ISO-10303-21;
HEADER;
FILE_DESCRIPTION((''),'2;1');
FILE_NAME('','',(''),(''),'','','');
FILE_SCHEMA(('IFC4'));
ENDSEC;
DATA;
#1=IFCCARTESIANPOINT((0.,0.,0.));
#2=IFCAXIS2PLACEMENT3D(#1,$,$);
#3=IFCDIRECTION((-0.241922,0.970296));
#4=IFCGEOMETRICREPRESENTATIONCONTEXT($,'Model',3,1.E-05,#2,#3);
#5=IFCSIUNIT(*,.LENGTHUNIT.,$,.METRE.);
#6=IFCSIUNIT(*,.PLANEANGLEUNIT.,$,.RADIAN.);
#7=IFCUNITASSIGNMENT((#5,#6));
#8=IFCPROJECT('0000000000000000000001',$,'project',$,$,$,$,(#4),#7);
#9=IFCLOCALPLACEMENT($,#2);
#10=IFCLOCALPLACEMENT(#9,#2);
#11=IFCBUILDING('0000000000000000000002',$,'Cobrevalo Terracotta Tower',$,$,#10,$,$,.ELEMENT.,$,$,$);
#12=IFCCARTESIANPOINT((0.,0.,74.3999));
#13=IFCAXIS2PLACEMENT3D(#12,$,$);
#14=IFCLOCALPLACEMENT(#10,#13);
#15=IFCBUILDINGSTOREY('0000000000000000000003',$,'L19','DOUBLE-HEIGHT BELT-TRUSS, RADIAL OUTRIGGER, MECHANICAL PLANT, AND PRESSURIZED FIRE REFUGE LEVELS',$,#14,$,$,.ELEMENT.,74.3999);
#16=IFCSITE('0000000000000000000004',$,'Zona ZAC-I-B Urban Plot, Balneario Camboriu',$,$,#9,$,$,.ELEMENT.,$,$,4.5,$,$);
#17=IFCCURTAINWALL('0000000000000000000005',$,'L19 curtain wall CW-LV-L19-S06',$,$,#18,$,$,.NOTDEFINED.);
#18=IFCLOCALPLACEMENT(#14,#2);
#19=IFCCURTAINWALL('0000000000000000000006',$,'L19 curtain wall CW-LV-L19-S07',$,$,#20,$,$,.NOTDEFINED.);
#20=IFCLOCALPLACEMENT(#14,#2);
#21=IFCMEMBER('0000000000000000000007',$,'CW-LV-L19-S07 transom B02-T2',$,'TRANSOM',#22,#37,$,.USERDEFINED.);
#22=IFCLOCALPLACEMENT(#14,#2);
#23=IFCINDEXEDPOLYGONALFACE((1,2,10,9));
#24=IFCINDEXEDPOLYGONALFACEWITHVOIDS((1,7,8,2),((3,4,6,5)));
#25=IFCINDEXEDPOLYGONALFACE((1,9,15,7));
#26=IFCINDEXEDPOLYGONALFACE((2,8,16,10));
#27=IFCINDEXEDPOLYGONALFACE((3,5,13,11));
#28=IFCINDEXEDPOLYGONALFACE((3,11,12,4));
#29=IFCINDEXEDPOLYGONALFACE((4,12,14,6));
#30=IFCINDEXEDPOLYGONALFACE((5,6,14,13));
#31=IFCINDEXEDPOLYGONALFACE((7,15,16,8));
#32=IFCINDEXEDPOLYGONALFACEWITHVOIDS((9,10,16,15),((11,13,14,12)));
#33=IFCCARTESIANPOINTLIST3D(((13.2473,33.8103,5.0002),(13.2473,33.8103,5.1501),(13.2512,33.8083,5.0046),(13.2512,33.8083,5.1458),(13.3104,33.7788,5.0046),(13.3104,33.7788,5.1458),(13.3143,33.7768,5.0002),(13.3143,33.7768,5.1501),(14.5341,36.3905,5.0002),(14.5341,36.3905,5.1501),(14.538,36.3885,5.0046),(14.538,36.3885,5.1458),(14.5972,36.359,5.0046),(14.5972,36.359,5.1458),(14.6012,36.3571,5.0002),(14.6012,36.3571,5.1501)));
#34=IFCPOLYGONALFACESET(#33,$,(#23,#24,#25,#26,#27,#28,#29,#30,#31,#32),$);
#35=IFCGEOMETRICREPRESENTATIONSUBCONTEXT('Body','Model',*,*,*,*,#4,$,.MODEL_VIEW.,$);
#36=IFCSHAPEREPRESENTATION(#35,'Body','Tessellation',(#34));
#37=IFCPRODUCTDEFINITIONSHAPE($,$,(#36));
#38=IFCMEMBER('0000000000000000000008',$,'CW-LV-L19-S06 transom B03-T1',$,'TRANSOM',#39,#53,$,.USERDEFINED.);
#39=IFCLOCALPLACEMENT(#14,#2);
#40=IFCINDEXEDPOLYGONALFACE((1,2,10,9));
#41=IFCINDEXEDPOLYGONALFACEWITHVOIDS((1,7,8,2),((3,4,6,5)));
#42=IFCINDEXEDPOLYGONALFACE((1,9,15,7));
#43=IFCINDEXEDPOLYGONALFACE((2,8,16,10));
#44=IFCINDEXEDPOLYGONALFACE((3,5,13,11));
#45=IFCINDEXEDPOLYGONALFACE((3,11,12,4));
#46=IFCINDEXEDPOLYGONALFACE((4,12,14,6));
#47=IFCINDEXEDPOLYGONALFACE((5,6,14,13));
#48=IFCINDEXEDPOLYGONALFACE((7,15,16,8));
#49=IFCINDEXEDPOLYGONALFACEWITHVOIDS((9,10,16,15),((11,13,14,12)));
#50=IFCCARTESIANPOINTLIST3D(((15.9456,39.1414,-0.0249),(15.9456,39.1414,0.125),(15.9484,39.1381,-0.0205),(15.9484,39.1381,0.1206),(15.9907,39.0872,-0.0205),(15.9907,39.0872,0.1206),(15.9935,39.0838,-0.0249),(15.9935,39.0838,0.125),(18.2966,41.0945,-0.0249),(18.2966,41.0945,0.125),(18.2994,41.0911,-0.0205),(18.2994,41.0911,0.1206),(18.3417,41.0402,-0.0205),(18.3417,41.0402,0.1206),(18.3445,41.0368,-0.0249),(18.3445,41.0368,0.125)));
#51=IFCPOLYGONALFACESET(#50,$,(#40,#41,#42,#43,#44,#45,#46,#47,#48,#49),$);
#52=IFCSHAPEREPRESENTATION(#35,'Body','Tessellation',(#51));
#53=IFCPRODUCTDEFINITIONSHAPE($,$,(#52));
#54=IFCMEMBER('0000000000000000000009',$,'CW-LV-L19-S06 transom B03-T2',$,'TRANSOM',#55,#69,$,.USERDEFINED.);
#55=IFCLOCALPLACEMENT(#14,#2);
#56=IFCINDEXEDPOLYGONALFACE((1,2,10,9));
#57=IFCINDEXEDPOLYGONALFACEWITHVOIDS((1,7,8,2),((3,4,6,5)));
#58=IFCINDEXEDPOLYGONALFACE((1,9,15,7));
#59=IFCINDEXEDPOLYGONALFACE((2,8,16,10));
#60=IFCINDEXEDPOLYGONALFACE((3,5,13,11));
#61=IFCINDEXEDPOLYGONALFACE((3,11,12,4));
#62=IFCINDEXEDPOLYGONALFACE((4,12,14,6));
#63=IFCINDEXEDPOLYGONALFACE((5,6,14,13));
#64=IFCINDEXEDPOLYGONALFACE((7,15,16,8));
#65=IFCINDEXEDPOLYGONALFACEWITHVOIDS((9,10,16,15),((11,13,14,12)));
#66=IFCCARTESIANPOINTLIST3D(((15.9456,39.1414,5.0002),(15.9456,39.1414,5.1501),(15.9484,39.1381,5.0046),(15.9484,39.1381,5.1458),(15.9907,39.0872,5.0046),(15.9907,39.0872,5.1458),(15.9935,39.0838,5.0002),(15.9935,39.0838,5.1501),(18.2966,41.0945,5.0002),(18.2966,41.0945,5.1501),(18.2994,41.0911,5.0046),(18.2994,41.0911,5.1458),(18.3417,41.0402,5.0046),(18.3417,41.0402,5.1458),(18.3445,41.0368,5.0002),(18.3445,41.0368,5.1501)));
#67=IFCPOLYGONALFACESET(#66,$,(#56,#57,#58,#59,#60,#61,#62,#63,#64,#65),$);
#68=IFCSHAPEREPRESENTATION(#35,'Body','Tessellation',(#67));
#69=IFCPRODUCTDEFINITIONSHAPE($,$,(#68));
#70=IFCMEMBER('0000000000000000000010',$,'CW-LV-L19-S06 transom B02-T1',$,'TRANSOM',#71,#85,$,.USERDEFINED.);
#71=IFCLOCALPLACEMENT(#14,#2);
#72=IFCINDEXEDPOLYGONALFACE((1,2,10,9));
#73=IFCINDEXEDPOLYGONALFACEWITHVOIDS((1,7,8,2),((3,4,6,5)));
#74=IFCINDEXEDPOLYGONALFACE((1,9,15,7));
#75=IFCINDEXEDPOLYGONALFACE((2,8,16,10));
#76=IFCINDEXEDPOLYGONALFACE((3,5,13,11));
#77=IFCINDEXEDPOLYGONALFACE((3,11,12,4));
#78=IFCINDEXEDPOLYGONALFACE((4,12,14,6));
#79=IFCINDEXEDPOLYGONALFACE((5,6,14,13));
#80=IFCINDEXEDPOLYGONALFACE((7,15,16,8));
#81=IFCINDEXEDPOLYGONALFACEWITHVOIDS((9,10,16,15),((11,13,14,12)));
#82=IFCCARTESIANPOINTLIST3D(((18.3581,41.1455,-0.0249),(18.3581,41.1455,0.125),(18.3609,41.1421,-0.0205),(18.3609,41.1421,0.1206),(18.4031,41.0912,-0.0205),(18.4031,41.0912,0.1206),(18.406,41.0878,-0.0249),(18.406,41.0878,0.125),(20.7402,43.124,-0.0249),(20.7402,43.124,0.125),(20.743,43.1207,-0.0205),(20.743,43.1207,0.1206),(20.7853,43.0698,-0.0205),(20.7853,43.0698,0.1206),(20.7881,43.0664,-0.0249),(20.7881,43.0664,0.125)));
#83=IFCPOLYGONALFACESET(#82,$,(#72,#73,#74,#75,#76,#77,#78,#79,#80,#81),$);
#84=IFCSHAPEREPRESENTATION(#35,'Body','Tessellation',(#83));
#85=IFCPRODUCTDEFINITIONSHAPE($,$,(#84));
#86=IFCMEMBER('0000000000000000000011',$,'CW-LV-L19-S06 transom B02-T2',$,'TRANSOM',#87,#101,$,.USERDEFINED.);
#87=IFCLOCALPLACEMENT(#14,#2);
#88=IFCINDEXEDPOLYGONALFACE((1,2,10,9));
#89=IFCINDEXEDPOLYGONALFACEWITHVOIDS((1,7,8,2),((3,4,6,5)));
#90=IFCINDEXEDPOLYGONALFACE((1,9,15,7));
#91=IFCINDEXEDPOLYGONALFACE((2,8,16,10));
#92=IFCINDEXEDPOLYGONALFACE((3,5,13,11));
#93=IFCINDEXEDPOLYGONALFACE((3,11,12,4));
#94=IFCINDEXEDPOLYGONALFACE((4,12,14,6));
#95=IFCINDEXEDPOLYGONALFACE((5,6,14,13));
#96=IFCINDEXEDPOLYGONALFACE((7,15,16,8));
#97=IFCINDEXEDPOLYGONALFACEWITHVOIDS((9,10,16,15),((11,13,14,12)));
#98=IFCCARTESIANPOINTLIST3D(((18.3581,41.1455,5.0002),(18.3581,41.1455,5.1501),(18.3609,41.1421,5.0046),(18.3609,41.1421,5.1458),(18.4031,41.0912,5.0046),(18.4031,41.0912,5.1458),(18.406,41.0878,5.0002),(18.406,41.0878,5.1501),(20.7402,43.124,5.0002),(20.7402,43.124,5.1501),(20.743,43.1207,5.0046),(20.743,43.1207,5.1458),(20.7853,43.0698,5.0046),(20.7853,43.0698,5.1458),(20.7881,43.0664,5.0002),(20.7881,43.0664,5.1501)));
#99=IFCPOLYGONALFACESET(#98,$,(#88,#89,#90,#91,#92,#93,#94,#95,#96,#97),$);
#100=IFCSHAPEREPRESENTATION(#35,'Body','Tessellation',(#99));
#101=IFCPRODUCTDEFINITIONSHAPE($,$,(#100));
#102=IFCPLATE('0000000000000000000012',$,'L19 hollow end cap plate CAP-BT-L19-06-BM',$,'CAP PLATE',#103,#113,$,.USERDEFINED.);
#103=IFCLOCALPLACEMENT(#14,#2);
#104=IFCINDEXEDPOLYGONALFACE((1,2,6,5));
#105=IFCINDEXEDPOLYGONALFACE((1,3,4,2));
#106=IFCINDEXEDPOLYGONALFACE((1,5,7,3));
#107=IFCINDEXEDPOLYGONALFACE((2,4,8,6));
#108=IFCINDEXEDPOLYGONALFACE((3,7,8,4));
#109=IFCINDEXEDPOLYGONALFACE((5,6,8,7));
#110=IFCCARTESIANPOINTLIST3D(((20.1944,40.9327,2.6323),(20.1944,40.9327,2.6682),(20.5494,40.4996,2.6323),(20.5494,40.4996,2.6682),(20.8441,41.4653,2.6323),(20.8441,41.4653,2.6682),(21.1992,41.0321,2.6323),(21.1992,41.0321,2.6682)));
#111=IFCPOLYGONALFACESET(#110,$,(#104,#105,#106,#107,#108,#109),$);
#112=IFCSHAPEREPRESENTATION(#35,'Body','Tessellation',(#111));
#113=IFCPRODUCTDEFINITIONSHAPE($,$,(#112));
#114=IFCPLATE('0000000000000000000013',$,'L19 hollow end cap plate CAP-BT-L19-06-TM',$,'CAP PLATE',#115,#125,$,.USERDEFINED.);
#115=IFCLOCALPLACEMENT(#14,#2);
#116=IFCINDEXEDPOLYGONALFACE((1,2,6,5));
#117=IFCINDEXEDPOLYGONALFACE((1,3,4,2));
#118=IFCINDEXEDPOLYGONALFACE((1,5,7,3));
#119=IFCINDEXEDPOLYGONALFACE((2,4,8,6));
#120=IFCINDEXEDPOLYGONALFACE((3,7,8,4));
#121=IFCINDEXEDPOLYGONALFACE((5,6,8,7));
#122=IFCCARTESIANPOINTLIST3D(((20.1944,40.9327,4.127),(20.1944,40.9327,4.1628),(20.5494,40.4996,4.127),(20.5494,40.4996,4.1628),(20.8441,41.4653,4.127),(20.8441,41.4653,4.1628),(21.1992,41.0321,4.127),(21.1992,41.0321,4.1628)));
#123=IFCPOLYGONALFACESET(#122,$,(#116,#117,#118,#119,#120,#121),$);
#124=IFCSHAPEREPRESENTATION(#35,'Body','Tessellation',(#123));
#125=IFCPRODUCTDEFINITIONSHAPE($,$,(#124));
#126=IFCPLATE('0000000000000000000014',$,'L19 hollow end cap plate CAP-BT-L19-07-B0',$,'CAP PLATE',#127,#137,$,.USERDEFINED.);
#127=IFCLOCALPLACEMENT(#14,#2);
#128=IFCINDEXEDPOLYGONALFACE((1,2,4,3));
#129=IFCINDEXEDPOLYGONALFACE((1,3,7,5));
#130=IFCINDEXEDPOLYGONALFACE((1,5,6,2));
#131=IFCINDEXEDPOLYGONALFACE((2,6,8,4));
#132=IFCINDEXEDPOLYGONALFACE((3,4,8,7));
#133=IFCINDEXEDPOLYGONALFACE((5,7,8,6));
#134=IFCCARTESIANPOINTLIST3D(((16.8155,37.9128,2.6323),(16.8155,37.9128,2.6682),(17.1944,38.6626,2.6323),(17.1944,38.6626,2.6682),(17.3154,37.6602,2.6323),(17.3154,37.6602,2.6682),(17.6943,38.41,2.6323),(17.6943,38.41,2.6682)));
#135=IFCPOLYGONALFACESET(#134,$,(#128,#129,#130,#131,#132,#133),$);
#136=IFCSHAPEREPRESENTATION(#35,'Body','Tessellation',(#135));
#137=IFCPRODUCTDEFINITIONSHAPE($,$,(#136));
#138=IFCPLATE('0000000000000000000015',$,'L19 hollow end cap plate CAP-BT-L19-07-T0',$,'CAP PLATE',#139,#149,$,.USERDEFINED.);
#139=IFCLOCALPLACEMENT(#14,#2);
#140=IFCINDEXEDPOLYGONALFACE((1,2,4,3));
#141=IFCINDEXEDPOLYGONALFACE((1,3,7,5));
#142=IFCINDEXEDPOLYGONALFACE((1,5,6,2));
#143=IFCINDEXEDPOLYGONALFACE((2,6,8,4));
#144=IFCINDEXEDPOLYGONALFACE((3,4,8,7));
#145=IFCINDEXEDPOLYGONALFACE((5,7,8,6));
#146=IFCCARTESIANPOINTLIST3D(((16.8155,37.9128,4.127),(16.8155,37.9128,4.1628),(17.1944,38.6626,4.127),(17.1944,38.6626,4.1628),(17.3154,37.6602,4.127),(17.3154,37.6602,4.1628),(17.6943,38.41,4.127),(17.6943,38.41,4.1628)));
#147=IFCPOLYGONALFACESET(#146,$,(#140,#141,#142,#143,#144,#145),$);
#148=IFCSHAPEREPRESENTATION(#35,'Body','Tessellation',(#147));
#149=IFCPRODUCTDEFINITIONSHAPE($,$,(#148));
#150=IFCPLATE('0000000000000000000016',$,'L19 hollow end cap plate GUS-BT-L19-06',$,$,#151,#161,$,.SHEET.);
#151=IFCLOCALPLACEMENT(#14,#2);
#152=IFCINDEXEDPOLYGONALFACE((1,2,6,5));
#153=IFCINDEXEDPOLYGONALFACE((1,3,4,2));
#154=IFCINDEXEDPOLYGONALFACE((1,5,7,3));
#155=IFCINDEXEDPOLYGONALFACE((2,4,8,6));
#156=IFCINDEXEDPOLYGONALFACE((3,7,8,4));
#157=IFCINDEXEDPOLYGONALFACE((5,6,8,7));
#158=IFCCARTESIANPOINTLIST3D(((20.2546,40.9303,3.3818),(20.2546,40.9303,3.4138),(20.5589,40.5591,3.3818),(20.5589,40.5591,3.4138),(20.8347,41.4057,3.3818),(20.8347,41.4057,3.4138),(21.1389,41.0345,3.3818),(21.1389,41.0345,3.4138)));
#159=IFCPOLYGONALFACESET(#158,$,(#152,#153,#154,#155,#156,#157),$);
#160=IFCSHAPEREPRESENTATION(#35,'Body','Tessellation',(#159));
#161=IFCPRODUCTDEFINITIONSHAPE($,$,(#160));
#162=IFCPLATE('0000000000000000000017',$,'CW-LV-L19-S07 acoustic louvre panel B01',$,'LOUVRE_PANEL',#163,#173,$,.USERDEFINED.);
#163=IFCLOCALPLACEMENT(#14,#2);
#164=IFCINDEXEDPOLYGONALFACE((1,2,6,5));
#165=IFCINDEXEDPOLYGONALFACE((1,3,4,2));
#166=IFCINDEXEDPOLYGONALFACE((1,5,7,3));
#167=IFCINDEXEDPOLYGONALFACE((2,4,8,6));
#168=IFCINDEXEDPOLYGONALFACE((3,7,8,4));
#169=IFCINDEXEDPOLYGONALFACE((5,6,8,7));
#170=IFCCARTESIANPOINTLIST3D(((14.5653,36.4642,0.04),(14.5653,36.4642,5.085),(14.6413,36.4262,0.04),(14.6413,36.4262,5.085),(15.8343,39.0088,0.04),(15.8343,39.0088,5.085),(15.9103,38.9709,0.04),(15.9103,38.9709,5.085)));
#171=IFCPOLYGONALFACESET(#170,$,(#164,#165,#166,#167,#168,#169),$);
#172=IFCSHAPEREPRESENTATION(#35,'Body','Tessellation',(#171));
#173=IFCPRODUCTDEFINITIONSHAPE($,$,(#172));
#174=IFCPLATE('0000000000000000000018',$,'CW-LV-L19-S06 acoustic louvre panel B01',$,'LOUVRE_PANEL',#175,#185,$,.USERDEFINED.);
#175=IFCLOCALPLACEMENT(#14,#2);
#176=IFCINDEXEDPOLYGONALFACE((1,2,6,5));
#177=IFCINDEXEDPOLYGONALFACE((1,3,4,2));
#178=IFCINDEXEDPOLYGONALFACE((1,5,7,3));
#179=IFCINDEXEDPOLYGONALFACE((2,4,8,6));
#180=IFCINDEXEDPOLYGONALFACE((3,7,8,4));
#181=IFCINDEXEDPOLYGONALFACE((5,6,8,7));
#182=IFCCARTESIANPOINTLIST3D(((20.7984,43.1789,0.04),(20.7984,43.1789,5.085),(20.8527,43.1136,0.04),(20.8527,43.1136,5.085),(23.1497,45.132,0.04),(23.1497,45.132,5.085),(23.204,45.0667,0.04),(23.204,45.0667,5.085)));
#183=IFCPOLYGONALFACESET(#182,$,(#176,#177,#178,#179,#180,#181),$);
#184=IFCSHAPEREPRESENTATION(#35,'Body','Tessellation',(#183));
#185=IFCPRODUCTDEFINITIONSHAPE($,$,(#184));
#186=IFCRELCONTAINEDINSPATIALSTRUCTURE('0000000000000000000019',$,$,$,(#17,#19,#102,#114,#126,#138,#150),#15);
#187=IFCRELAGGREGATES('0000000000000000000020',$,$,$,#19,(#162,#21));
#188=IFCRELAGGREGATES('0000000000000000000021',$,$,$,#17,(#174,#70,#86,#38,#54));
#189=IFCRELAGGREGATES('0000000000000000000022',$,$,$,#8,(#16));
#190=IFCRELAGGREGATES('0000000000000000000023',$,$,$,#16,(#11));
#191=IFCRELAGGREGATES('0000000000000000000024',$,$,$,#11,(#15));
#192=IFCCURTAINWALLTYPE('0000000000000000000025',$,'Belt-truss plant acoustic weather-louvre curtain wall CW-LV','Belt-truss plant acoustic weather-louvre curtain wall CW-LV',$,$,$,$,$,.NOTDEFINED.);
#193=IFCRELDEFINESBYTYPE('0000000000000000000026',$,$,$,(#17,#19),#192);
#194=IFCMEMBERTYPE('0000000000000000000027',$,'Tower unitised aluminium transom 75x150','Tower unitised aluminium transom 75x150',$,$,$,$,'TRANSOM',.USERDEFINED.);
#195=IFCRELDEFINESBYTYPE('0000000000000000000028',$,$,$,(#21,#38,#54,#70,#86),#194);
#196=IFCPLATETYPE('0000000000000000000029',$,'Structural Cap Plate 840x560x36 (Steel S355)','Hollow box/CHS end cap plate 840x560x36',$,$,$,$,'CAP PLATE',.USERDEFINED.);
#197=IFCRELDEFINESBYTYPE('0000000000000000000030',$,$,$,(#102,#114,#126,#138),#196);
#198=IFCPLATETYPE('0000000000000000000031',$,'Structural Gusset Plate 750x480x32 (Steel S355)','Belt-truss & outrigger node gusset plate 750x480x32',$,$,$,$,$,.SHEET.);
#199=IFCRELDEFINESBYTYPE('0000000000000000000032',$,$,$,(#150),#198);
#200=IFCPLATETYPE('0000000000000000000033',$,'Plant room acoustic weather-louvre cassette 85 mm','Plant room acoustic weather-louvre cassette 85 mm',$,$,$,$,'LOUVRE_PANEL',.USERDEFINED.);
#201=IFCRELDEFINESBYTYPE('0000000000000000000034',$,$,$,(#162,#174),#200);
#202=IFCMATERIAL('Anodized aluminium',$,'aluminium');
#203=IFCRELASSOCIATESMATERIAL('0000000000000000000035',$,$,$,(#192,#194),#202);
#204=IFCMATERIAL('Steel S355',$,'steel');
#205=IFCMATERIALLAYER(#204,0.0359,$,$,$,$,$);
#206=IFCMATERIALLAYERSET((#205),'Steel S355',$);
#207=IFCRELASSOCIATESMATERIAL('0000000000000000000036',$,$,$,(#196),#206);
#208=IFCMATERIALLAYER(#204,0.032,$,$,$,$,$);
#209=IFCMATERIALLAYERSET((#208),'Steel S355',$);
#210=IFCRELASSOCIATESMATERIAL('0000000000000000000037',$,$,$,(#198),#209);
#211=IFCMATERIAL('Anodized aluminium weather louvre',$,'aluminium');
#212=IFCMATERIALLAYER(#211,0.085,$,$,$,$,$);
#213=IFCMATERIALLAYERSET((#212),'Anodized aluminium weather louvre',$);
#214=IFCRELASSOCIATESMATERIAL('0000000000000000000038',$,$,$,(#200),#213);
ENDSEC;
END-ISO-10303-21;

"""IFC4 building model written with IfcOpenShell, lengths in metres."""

from ifc_helpers import new_model, si_unit, direction, frame, origin, origin_2d, place, context, subcontext, project, spatial, rectangle, hollow_rectangle, extrude, source, transform, mapped, material, layer, layer_set, material_profile, profile_set, type_object, element, aggregate, save


model = new_model("IFC4")

# Units and contexts
model_context = context("Model", 3, precision=1e-05, world=origin(), true_north=direction((-0.241922, 0.970296)))
body_context = subcontext(model_context, "Body", "Model", "MODEL_VIEW")
ifc_project = project(units=[si_unit("LENGTHUNIT", "METRE"), si_unit("PLANEANGLEUNIT", "RADIAN")], contexts=[model_context])

# Site, building, storey
site_placement = place(None, origin())
site = spatial("IfcSite", under=ifc_project, at=site_placement, Name="Zona ZAC-I-B Urban Plot, Balneario Camboriu", CompositionType="ELEMENT", RefElevation=4.5)
building_placement = place(site_placement, origin())
building = spatial("IfcBuilding", under=site, at=building_placement, Name="Cobrevalo Terracotta Tower", CompositionType="ELEMENT")
storey_placement = place(building_placement, frame((0.0, 0.0, 74.3999)))
storey = spatial("IfcBuildingStorey", under=building, at=storey_placement, Name="L19", Description="DOUBLE-HEIGHT BELT-TRUSS, RADIAL OUTRIGGER, MECHANICAL PLANT, AND PRESSURIZED FIRE REFUGE LEVELS", CompositionType="ELEMENT", Elevation=74.3999)

# Shared definitions
ifc_material_1 = material(Name="Steel S355", Category="steel")

# Curtain walls, member
ifc_material_2 = material(Name="Anodized aluminium", Category="aluminium")
curtain_wall_type = type_object("IfcCurtainWallType", Name="Belt-truss plant acoustic weather-louvre curtain wall CW-LV", Description="Belt-truss plant acoustic weather-louvre curtain wall CW-LV", PredefinedType="NOTDEFINED", material=ifc_material_2)
curtain_wall_1_placement = place(storey_placement, origin())
curtain_wall_1 = element("IfcCurtainWall", 1, at=curtain_wall_1_placement, inside=storey, type_object=curtain_wall_type, Name="L19 curtain wall CW-LV-L19-S06", PredefinedType="NOTDEFINED")
curtain_wall_2_placement = place(storey_placement, origin())
curtain_wall_2 = element("IfcCurtainWall", 2, at=curtain_wall_2_placement, inside=storey, type_object=curtain_wall_type, Name="L19 curtain wall CW-LV-L19-S07", PredefinedType="NOTDEFINED")
ifc_material_profile_1 = material_profile(ifc_material_2, hollow_rectangle(XDim=0.075, YDim=0.1499, WallThickness=0.0044, at=origin_2d()), Name="CWT 75x150")
ifc_profile_set_1 = profile_set([ifc_material_profile_1], Name="Anodized aluminium")
member_type_1 = type_object("IfcMemberType", Name="Tower unitised aluminium transom 75x150", Description="Tower unitised aluminium transom 75x150", ElementType="TRANSOM", PredefinedType="USERDEFINED", material=ifc_profile_set_1)
shared_shape_1 = source(origin(), body_context, "Body", "SweptSolid", [
    extrude(hollow_rectangle(XDim=0.075, YDim=0.1499, WallThickness=0.0044, at=origin_2d()), origin(), (0.0, 0.0, 1.0), 2.8833),
])
member_1_placement = place(storey_placement, frame((14.5676, 36.3738, 5.0752), z_axis=(-0.446299, -0.894884, 0.0), x_axis=(0.894884, -0.446299, 0.0)))
member_1 = element("IfcMember", 3, at=member_1_placement, type_object=member_type_1, Name="CW-LV-L19-S07 transom B02-T2", ObjectType="TRANSOM", PredefinedType="USERDEFINED", context=body_context, shape_type="MappedRepresentation", body=[
    mapped(shared_shape_1, transform((0.0, 0.0, 0.0), scale=1.0)),
])

# Members
shared_shape_2 = source(origin(), body_context, "Body", "SweptSolid", [
    extrude(hollow_rectangle(XDim=0.075, YDim=0.1499, WallThickness=0.0044, at=origin_2d()), origin(), (0.0, 0.0, 1.0), 3.0564),
])
member_2_placement = place(storey_placement, frame((18.3206, 41.0657, 0.05), z_axis=(-0.769202, -0.639005, 0.0), x_axis=(0.639005, -0.769202, 0.0)))
member_2 = element("IfcMember", 4, at=member_2_placement, type_object=member_type_1, Name="CW-LV-L19-S06 transom B03-T1", ObjectType="TRANSOM", PredefinedType="USERDEFINED", context=body_context, shape_type="MappedRepresentation", body=[
    mapped(shared_shape_2, transform((0.0, 0.0, 0.0), scale=1.0)),
])
member_3_placement = place(storey_placement, frame((18.3206, 41.0657, 5.0752), z_axis=(-0.769202, -0.639005, 0.0), x_axis=(0.639005, -0.769202, 0.0)))
member_3 = element("IfcMember", 5, at=member_3_placement, type_object=member_type_1, Name="CW-LV-L19-S06 transom B03-T2", ObjectType="TRANSOM", PredefinedType="USERDEFINED", context=body_context, shape_type="MappedRepresentation", body=[
    mapped(shared_shape_2, transform((0.0, 0.0, 0.0), scale=1.0)),
])
shared_shape_3 = source(origin(), body_context, "Body", "SweptSolid", [
    extrude(hollow_rectangle(XDim=0.075, YDim=0.1499, WallThickness=0.0044, at=origin_2d()), origin(), (0.0, 0.0, 1.0), 3.0967),
])
member_4_placement = place(storey_placement, frame((20.7642, 43.0952, 0.05), z_axis=(-0.769261, -0.638935, 0.0), x_axis=(0.638935, -0.769261, 0.0)))
member_4 = element("IfcMember", 6, at=member_4_placement, type_object=member_type_1, Name="CW-LV-L19-S06 transom B02-T1", ObjectType="TRANSOM", PredefinedType="USERDEFINED", context=body_context, shape_type="MappedRepresentation", body=[
    mapped(shared_shape_3, transform((0.0, 0.0, 0.0), scale=1.0)),
])
member_5_placement = place(storey_placement, frame((20.7642, 43.0952, 5.0752), z_axis=(-0.769261, -0.638935, 0.0), x_axis=(0.638935, -0.769261, 0.0)))
member_5 = element("IfcMember", 7, at=member_5_placement, type_object=member_type_1, Name="CW-LV-L19-S06 transom B02-T2", ObjectType="TRANSOM", PredefinedType="USERDEFINED", context=body_context, shape_type="MappedRepresentation", body=[
    mapped(shared_shape_3, transform((0.0, 0.0, 0.0), scale=1.0)),
])

# Plates
ifc_layer_1 = layer(ifc_material_1, 0.0359)
ifc_layer_set_1 = layer_set([ifc_layer_1], Name="Steel S355")
plate_type_1 = type_object("IfcPlateType", Name="Structural Cap Plate 840x560x36 (Steel S355)", Description="Hollow box/CHS end cap plate 840x560x36", ElementType="CAP PLATE", PredefinedType="USERDEFINED", material=ifc_layer_set_1)
shared_shape_4 = source(origin(), body_context, "Body", "SweptSolid", [
    extrude(rectangle(XDim=0.8401, YDim=0.5601, at=origin_2d()), origin(), (0.0, 0.0, 1.0), 0.0359),
])
for number, where, z_axis, x_axis, name in (
    (8, (20.6968, 40.9824, 2.6323), (0.0, 0.0, 1.0), (-0.773404, -0.633913, 0.0), "L19 hollow end cap plate CAP-BT-L19-06-BM"),
    (9, (20.6968, 40.9824, 4.127), (0.0, 0.0, 1.0), (-0.773404, -0.633913, 0.0), "L19 hollow end cap plate CAP-BT-L19-06-TM"),
    (10, (17.2549, 38.1614, 2.6323), (0.0, 0.0, 1.0), (-0.451036, -0.892506, 0.0), "L19 hollow end cap plate CAP-BT-L19-07-B0"),
    (11, (17.2549, 38.1614, 4.127), (0.0, 0.0, 1.0), (-0.451036, -0.892506, 0.0), "L19 hollow end cap plate CAP-BT-L19-07-T0"),
):
    element("IfcPlate", number, at=place(storey_placement, frame(where, z_axis=z_axis, x_axis=x_axis)), inside=storey, type_object=plate_type_1, Name=name, ObjectType="CAP PLATE", PredefinedType="USERDEFINED", context=body_context, shape_type="MappedRepresentation", body=[
        mapped(shared_shape_4, transform((0.0, 0.0, 0.0), scale=1.0)),
    ])
ifc_layer_2 = layer(ifc_material_1, 0.032)
ifc_layer_set_2 = layer_set([ifc_layer_2], Name="Steel S355")
plate_type_2 = type_object("IfcPlateType", Name="Structural Gusset Plate 750x480x32 (Steel S355)", Description="Belt-truss & outrigger node gusset plate 750x480x32", PredefinedType="SHEET", material=ifc_layer_set_2)
shared_shape_5 = source(origin(), body_context, "Body", "SweptSolid", [
    extrude(rectangle(XDim=0.75, YDim=0.48, at=origin_2d()), origin(), (0.0, 0.0, 1.0), 0.032),
])
plate_1_placement = place(storey_placement, frame((20.6968, 40.9824, 3.3818), z_axis=(0.0, 0.0, 1.0), x_axis=(-0.773404, -0.633913, 0.0)))
element("IfcPlate", 12, at=plate_1_placement, inside=storey, type_object=plate_type_2, Name="L19 hollow end cap plate GUS-BT-L19-06", PredefinedType="SHEET", context=body_context, shape_type="MappedRepresentation", body=[
    mapped(shared_shape_5, transform((0.0, 0.0, 0.0), scale=1.0)),
])

# Plates
ifc_material_3 = material(Name="Anodized aluminium weather louvre", Category="aluminium")
ifc_layer_3 = layer(ifc_material_3, 0.085)
ifc_layer_set_3 = layer_set([ifc_layer_3], Name="Anodized aluminium weather louvre")
plate_type_3 = type_object("IfcPlateType", Name="Plant room acoustic weather-louvre cassette 85 mm", Description="Plant room acoustic weather-louvre cassette 85 mm", ElementType="LOUVRE_PANEL", PredefinedType="USERDEFINED", material=ifc_layer_set_3)
shared_shape_6 = source(origin(), body_context, "Body", "SweptSolid", [
    extrude(rectangle(XDim=2.8435, YDim=0.085, at=origin_2d()), origin(), (0.0, 0.0, 1.0), 5.0449),
])
plate_2_placement = place(storey_placement, frame((15.2378, 37.7175, 0.04), z_axis=(0.0, 0.0, 1.0), x_axis=(-0.446262, -0.894902, 0.0)))
plate_2 = element("IfcPlate", 13, at=plate_2_placement, type_object=plate_type_3, Name="CW-LV-L19-S07 acoustic louvre panel B01", ObjectType="LOUVRE_PANEL", PredefinedType="USERDEFINED", context=body_context, shape_type="MappedRepresentation", body=[
    mapped(shared_shape_6, transform((0.0, 0.0, 0.0), scale=1.0)),
])
aggregate(curtain_wall_2, [plate_2, member_1])
shared_shape_7 = source(origin(), body_context, "Body", "SweptSolid", [
    extrude(rectangle(XDim=3.0566, YDim=0.085, at=origin_2d()), origin(), (0.0, 0.0, 1.0), 5.0449),
])
plate_3_placement = place(storey_placement, frame((22.0012, 44.1228, 0.04), z_axis=(0.0, 0.0, 1.0), x_axis=(-0.769241, -0.638958, 0.0)))
plate_3 = element("IfcPlate", 14, at=plate_3_placement, type_object=plate_type_3, Name="CW-LV-L19-S06 acoustic louvre panel B01", ObjectType="LOUVRE_PANEL", PredefinedType="USERDEFINED", context=body_context, shape_type="MappedRepresentation", body=[
    mapped(shared_shape_7, transform((0.0, 0.0, 0.0), scale=1.0)),
])
aggregate(curtain_wall_1, [plate_3, member_4, member_5, member_2, member_3])

save(model, "model.ifc")
